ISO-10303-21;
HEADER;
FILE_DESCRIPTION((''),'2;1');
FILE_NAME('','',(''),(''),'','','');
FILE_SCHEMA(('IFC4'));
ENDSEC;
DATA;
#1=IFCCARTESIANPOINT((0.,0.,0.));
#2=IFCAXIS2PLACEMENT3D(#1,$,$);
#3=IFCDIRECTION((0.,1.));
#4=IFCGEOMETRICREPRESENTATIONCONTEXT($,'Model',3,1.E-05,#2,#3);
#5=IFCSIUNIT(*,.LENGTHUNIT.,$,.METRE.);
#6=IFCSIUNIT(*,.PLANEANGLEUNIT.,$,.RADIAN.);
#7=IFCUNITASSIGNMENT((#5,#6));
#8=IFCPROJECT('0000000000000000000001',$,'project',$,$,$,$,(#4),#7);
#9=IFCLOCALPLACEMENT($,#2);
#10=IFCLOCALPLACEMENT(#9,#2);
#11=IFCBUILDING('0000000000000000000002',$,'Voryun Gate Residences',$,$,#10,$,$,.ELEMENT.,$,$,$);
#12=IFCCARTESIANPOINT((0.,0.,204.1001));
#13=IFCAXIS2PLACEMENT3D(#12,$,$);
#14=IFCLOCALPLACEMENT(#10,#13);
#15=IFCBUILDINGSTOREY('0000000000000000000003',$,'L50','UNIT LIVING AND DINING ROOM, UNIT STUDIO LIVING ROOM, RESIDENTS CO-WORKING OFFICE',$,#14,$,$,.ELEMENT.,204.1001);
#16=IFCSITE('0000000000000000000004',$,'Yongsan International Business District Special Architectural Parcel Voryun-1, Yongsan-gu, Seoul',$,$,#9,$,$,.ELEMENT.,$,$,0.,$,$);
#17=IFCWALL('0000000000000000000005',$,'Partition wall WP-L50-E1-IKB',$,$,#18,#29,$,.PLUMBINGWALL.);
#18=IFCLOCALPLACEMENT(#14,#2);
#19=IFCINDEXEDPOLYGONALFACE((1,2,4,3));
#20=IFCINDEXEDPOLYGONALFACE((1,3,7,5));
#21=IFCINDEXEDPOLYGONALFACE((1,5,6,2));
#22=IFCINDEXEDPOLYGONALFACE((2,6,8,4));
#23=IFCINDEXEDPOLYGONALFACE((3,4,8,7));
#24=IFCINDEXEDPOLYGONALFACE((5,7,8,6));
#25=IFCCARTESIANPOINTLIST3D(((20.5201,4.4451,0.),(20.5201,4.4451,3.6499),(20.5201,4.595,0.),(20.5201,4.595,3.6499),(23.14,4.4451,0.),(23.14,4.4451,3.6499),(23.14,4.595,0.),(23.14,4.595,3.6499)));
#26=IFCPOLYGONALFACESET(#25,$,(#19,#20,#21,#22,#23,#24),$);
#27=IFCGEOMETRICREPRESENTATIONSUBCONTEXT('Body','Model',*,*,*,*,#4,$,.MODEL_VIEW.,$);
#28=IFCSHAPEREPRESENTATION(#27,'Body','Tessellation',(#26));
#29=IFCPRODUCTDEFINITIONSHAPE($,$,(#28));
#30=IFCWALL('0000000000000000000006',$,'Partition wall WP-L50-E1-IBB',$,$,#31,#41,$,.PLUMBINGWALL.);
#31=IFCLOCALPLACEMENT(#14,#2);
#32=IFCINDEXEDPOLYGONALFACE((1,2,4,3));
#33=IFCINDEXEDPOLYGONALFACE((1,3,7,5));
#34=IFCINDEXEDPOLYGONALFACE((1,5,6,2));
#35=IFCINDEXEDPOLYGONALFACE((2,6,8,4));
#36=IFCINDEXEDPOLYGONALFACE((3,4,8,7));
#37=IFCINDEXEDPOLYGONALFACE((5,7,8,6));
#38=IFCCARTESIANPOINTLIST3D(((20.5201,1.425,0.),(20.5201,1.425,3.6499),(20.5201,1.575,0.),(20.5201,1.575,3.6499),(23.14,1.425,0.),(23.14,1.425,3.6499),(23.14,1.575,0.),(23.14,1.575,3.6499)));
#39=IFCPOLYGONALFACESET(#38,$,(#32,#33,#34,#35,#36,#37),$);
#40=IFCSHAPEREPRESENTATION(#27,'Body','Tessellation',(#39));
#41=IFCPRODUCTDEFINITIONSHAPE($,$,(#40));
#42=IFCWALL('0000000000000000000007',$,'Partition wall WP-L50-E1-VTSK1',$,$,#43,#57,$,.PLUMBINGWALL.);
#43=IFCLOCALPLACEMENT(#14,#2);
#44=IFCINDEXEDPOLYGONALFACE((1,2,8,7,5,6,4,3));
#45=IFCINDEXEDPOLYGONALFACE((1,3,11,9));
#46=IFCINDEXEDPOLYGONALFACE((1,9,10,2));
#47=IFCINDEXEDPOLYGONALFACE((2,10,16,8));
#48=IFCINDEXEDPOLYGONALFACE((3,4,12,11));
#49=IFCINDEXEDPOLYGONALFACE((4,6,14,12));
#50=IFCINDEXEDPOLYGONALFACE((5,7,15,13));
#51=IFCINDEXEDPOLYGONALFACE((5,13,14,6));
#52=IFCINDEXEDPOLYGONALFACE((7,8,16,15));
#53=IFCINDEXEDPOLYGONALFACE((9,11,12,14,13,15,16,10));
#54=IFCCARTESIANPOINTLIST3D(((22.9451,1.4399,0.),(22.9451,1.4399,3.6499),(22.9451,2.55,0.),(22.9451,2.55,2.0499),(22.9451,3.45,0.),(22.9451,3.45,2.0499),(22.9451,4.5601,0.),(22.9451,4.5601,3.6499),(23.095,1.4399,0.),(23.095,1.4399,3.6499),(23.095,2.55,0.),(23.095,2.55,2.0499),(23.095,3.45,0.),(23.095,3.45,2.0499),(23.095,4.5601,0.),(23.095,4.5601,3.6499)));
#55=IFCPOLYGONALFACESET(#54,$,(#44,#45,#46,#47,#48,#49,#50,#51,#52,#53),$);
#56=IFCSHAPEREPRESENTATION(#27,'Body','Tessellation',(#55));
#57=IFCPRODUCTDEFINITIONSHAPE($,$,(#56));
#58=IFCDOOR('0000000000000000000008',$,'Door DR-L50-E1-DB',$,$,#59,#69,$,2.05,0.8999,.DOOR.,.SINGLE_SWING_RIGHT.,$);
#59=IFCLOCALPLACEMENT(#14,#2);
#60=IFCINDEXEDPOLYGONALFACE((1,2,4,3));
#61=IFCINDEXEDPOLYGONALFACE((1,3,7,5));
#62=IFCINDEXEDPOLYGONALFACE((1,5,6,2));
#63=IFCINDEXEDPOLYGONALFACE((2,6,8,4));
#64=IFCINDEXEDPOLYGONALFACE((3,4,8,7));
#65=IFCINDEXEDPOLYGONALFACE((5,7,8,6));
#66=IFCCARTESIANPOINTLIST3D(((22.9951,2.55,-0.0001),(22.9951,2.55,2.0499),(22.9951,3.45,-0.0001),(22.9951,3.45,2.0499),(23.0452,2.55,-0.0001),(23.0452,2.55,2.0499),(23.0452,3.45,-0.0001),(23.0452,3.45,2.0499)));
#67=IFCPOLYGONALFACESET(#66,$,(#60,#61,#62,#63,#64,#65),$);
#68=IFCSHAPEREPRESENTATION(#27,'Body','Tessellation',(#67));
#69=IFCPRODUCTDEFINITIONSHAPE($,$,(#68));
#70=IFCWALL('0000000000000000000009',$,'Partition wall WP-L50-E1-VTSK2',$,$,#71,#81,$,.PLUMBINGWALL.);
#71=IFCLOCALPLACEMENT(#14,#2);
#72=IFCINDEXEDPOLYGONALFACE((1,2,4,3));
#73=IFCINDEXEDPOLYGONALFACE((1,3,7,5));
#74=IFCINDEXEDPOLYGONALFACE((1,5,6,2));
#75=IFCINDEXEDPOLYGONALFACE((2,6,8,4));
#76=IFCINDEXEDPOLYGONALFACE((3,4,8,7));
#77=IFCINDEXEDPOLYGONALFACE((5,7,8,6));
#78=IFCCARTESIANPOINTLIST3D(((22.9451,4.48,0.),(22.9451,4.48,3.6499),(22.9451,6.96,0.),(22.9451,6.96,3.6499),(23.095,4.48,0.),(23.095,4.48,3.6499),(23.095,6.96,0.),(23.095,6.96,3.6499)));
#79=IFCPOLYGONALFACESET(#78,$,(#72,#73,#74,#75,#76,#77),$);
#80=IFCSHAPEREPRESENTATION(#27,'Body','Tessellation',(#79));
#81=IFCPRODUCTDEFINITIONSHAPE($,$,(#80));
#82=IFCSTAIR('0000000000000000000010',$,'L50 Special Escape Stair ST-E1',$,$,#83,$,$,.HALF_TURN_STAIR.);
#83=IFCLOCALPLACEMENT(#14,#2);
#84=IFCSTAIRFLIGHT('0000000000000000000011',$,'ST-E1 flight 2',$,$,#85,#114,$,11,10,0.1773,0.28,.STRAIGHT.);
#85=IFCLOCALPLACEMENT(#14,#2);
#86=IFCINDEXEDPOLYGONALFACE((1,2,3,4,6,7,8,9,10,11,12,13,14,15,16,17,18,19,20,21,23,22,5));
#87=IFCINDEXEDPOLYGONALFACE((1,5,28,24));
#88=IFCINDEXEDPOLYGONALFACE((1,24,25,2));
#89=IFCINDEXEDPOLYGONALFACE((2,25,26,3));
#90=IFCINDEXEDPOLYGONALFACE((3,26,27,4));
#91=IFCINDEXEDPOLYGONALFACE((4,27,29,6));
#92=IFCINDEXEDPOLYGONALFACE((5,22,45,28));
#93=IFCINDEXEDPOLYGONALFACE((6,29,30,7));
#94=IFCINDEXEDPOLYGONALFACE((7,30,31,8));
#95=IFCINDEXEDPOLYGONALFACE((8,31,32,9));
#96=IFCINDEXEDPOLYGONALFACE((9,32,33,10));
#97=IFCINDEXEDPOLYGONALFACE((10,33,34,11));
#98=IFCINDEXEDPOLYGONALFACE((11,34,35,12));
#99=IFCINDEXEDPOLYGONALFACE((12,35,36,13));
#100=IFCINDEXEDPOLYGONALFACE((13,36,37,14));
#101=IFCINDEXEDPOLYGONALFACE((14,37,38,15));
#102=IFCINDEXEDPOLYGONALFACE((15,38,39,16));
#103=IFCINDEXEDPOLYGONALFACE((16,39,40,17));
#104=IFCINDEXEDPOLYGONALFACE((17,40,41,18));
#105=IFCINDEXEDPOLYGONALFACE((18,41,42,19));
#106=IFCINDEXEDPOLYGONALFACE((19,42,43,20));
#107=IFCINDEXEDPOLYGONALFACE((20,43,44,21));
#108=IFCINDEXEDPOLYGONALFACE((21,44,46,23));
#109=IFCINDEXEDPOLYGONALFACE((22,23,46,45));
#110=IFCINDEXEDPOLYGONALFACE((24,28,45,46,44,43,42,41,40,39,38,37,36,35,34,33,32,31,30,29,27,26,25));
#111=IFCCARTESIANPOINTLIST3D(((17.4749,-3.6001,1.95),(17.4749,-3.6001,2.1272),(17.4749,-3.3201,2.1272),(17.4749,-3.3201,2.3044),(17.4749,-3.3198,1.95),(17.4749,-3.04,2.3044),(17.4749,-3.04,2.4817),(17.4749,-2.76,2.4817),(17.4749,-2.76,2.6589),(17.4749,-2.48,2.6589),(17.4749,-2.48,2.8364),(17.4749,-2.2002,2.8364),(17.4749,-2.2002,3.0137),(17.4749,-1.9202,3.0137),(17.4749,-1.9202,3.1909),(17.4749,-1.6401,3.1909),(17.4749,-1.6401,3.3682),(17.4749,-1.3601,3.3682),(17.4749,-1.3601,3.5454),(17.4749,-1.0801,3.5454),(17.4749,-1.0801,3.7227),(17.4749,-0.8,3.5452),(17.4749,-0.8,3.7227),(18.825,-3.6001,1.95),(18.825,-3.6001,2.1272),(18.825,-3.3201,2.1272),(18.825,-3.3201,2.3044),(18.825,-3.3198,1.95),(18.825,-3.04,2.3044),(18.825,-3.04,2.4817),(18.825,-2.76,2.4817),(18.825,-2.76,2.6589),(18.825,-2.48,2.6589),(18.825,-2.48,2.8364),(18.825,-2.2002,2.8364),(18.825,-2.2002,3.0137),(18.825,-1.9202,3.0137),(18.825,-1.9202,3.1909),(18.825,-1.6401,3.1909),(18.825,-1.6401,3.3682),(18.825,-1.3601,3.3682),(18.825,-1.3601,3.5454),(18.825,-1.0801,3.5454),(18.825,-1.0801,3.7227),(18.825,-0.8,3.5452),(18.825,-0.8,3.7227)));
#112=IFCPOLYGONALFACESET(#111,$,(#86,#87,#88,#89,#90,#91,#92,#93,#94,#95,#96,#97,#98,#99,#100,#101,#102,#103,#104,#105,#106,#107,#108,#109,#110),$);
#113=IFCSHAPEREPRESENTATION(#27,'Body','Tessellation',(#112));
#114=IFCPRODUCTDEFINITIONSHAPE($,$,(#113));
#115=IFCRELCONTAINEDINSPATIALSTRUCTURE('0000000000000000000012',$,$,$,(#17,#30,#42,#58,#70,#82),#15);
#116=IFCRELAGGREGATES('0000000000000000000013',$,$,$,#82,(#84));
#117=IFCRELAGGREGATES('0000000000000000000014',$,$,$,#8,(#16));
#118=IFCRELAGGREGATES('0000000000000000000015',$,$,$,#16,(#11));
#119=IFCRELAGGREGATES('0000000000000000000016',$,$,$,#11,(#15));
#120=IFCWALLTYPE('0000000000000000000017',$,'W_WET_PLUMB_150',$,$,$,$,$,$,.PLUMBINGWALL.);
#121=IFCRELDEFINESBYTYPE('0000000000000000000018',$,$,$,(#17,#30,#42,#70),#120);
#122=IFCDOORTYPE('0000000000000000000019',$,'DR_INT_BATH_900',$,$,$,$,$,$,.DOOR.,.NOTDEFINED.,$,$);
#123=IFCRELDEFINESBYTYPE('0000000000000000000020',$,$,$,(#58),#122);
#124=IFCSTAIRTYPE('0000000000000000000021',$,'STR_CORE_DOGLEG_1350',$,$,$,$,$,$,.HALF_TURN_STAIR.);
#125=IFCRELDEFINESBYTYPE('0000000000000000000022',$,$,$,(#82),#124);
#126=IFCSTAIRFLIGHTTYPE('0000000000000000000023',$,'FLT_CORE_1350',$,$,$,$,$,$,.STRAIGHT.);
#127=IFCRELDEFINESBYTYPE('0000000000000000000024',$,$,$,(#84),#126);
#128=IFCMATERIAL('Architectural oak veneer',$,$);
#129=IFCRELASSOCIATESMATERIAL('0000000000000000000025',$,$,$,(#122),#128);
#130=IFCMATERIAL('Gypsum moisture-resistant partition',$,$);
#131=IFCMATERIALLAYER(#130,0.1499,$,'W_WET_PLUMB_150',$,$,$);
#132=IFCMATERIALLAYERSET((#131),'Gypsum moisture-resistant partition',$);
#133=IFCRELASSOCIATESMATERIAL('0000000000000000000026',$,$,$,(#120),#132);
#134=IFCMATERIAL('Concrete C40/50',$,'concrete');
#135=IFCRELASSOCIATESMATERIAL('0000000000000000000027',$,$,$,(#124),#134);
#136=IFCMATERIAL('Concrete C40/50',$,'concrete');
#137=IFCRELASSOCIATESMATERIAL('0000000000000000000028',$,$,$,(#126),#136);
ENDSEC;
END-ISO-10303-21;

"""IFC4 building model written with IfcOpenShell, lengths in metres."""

from ifc_helpers import new_model, si_unit, direction, frame, frame_2d, origin, place, context, subcontext, project, spatial, polyline, rectangle, outline, extrude, material, layer, layer_set, type_object, element, fill, aggregate, save


model = new_model("IFC4")

# Units and contexts
model_context = context("Model", 3, precision=1e-05, world=origin(), true_north=direction((0.0, 1.0)))
body_context = subcontext(model_context, "Body", "Model", "MODEL_VIEW")
ifc_project = project(units=[si_unit("LENGTHUNIT", "METRE"), si_unit("PLANEANGLEUNIT", "RADIAN")], contexts=[model_context])

# Site, building, storey
site_placement = place(None, origin())
site = spatial("IfcSite", under=ifc_project, at=site_placement, Name="Yongsan International Business District Special Architectural Parcel Voryun-1, Yongsan-gu, Seoul", CompositionType="ELEMENT", RefElevation=0.0)
building_placement = place(site_placement, origin())
building = spatial("IfcBuilding", under=site, at=building_placement, Name="Voryun Gate Residences", CompositionType="ELEMENT")
storey_placement = place(building_placement, frame((0.0, 0.0, 204.1001)))
storey = spatial("IfcBuildingStorey", under=building, at=storey_placement, Name="L50", Description="UNIT LIVING AND DINING ROOM, UNIT STUDIO LIVING ROOM, RESIDENTS CO-WORKING OFFICE", CompositionType="ELEMENT", Elevation=204.1001)

# Shared definitions
ifc_material_1 = material(Name="Architectural oak veneer")
door_type = type_object("IfcDoorType", Name="DR_INT_BATH_900", OperationType="NOTDEFINED", PredefinedType="DOOR", material=ifc_material_1)
ifc_material_2 = material(Name="Gypsum moisture-resistant partition")
ifc_layer_1 = layer(ifc_material_2, 0.1499, Name="W_WET_PLUMB_150")
ifc_layer_set_1 = layer_set([ifc_layer_1], Name="Gypsum moisture-resistant partition")
wall_type_1 = type_object("IfcWallType", Name="W_WET_PLUMB_150", PredefinedType="PLUMBINGWALL", material=ifc_layer_set_1)

# Walls
for number, where, z_axis, x_axis, name in (
    (1, (20.52, 4.52, 0.0), (0.0, 0.0, 1.0), (1.0, 0.0, 0.0), "Partition wall WP-L50-E1-IKB"),
    (2, (20.52, 1.5, 0.0), (0.0, 0.0, 1.0), (1.0, 0.0, 0.0), "Partition wall WP-L50-E1-IBB"),
):
    element("IfcWall", number, at=place(storey_placement, frame(where, z_axis=z_axis, x_axis=x_axis)), inside=storey, type_object=wall_type_1, Name=name, PredefinedType="PLUMBINGWALL", context=body_context, shape_type="SweptSolid", body=[
        extrude(rectangle(XDim=2.6199, YDim=0.1499, at=frame_2d((1.3101, 0.0))), origin(), (0.0, 0.0, 1.0), 3.6499),
    ])

# Wall, opening, door
wall_1_placement = place(storey_placement, frame((23.02, 1.4399, 0.0), z_axis=(0.0, 0.0, 1.0), x_axis=(0.0, 1.0, 0.0)))
wall_1 = element("IfcWall", 3, at=wall_1_placement, inside=storey, type_object=wall_type_1, Name="Partition wall WP-L50-E1-VTSK1", PredefinedType="PLUMBINGWALL", context=body_context, shape_type="SweptSolid", body=[
    extrude(rectangle(XDim=3.1201, YDim=0.1499, at=frame_2d((1.5601, 0.0))), origin(), (0.0, 0.0, 1.0), 3.6499),
])
opening_1_placement = place(wall_1_placement, frame((1.1101, 0.0, 0.0)))
opening_1 = element("IfcOpeningElement", 4, at=opening_1_placement, cuts=wall_1, PredefinedType="OPENING", context=body_context, shape_type="SweptSolid", body=[
    extrude(rectangle(XDim=0.8999, YDim=2.05, at=frame_2d((0.45, 1.0249))), frame((0.0, 0.085, 0.0), z_axis=(0.0, -1.0, 0.0), x_axis=(1.0, 0.0, 0.0)), (0.0, 0.0, 1.0), 0.1699),
])
door_1_placement = place(opening_1_placement, origin())
door_1 = element("IfcDoor", 5, at=door_1_placement, inside=storey, type_object=door_type, Name="Door DR-L50-E1-DB", OperationType="SINGLE_SWING_RIGHT", OverallHeight=2.05, OverallWidth=0.8999, PredefinedType="DOOR", context=body_context, shape_type="SweptSolid", body=[
    extrude(rectangle(XDim=0.8999, YDim=2.05, at=frame_2d((0.45, 1.0249))), frame((0.0, 0.0249, 0.0), z_axis=(0.0, -1.0, 0.0), x_axis=(1.0, 0.0, 0.0)), (0.0, 0.0, 1.0), 0.05),
])
fill(opening_1, door_1)

# Wall
wall_2_placement = place(storey_placement, frame((23.02, 4.48, 0.0), z_axis=(0.0, 0.0, 1.0), x_axis=(0.0, 1.0, 0.0)))
element("IfcWall", 6, at=wall_2_placement, inside=storey, type_object=wall_type_1, Name="Partition wall WP-L50-E1-VTSK2", PredefinedType="PLUMBINGWALL", context=body_context, shape_type="SweptSolid", body=[
    extrude(rectangle(XDim=2.48, YDim=0.1499, at=frame_2d((1.24, 0.0))), origin(), (0.0, 0.0, 1.0), 3.6499),
])

# Stair, stair flight
ifc_material_3 = material(Name="Concrete C40/50", Category="concrete")
stair_type = type_object("IfcStairType", Name="STR_CORE_DOGLEG_1350", PredefinedType="HALF_TURN_STAIR", material=ifc_material_3)
stair_placement = place(storey_placement, origin())
stair = element("IfcStair", 7, at=stair_placement, inside=storey, type_object=stair_type, Name="L50 Special Escape Stair ST-E1", PredefinedType="HALF_TURN_STAIR")
ifc_material_4 = material(Name="Concrete C40/50", Category="concrete")
stair_flight_type = type_object("IfcStairFlightType", Name="FLT_CORE_1350", PredefinedType="STRAIGHT", material=ifc_material_4)
stair_flight_placement = place(storey_placement, frame((18.1499, -3.6001, 1.95), z_axis=(0.0, 0.0, 1.0), x_axis=(0.0, 1.0, 0.0)))
stair_flight = element("IfcStairFlight", 8, at=stair_flight_placement, type_object=stair_flight_type, Name="ST-E1 flight 2", NumberOfRisers=11, NumberOfTreads=10, PredefinedType="STRAIGHT", RiserHeight=0.1773, TreadLength=0.28, context=body_context, shape_type="SweptSolid", body=[
    extrude(outline(polyline([(0.0, 0.0), (0.0, 0.1772), (0.28, 0.1772), (0.28, 0.3545), (0.5601, 0.3545), (0.5601, 0.5317), (0.8401, 0.5317), (0.8401, 0.709), (1.1201, 0.709), (1.1201, 0.8865), (1.3999, 0.8865), (1.3999, 1.0637), (1.6799, 1.0637), (1.6799, 1.241), (1.96, 1.241), (1.96, 1.4182), (2.24, 1.4182), (2.24, 1.5955), (2.52, 1.5955), (2.52, 1.7727), (2.8, 1.7727), (2.8, 1.95), (2.8, 1.5952), (0.2803, 0.0), (0.0, 0.0)])), frame((0.0, 0.675, 0.0), z_axis=(0.0, -1.0, 0.0), x_axis=(1.0, 0.0, 0.0)), (0.0, 0.0, 1.0), 1.3501),
])
aggregate(stair, [stair_flight])

save(model, "model.ifc")
